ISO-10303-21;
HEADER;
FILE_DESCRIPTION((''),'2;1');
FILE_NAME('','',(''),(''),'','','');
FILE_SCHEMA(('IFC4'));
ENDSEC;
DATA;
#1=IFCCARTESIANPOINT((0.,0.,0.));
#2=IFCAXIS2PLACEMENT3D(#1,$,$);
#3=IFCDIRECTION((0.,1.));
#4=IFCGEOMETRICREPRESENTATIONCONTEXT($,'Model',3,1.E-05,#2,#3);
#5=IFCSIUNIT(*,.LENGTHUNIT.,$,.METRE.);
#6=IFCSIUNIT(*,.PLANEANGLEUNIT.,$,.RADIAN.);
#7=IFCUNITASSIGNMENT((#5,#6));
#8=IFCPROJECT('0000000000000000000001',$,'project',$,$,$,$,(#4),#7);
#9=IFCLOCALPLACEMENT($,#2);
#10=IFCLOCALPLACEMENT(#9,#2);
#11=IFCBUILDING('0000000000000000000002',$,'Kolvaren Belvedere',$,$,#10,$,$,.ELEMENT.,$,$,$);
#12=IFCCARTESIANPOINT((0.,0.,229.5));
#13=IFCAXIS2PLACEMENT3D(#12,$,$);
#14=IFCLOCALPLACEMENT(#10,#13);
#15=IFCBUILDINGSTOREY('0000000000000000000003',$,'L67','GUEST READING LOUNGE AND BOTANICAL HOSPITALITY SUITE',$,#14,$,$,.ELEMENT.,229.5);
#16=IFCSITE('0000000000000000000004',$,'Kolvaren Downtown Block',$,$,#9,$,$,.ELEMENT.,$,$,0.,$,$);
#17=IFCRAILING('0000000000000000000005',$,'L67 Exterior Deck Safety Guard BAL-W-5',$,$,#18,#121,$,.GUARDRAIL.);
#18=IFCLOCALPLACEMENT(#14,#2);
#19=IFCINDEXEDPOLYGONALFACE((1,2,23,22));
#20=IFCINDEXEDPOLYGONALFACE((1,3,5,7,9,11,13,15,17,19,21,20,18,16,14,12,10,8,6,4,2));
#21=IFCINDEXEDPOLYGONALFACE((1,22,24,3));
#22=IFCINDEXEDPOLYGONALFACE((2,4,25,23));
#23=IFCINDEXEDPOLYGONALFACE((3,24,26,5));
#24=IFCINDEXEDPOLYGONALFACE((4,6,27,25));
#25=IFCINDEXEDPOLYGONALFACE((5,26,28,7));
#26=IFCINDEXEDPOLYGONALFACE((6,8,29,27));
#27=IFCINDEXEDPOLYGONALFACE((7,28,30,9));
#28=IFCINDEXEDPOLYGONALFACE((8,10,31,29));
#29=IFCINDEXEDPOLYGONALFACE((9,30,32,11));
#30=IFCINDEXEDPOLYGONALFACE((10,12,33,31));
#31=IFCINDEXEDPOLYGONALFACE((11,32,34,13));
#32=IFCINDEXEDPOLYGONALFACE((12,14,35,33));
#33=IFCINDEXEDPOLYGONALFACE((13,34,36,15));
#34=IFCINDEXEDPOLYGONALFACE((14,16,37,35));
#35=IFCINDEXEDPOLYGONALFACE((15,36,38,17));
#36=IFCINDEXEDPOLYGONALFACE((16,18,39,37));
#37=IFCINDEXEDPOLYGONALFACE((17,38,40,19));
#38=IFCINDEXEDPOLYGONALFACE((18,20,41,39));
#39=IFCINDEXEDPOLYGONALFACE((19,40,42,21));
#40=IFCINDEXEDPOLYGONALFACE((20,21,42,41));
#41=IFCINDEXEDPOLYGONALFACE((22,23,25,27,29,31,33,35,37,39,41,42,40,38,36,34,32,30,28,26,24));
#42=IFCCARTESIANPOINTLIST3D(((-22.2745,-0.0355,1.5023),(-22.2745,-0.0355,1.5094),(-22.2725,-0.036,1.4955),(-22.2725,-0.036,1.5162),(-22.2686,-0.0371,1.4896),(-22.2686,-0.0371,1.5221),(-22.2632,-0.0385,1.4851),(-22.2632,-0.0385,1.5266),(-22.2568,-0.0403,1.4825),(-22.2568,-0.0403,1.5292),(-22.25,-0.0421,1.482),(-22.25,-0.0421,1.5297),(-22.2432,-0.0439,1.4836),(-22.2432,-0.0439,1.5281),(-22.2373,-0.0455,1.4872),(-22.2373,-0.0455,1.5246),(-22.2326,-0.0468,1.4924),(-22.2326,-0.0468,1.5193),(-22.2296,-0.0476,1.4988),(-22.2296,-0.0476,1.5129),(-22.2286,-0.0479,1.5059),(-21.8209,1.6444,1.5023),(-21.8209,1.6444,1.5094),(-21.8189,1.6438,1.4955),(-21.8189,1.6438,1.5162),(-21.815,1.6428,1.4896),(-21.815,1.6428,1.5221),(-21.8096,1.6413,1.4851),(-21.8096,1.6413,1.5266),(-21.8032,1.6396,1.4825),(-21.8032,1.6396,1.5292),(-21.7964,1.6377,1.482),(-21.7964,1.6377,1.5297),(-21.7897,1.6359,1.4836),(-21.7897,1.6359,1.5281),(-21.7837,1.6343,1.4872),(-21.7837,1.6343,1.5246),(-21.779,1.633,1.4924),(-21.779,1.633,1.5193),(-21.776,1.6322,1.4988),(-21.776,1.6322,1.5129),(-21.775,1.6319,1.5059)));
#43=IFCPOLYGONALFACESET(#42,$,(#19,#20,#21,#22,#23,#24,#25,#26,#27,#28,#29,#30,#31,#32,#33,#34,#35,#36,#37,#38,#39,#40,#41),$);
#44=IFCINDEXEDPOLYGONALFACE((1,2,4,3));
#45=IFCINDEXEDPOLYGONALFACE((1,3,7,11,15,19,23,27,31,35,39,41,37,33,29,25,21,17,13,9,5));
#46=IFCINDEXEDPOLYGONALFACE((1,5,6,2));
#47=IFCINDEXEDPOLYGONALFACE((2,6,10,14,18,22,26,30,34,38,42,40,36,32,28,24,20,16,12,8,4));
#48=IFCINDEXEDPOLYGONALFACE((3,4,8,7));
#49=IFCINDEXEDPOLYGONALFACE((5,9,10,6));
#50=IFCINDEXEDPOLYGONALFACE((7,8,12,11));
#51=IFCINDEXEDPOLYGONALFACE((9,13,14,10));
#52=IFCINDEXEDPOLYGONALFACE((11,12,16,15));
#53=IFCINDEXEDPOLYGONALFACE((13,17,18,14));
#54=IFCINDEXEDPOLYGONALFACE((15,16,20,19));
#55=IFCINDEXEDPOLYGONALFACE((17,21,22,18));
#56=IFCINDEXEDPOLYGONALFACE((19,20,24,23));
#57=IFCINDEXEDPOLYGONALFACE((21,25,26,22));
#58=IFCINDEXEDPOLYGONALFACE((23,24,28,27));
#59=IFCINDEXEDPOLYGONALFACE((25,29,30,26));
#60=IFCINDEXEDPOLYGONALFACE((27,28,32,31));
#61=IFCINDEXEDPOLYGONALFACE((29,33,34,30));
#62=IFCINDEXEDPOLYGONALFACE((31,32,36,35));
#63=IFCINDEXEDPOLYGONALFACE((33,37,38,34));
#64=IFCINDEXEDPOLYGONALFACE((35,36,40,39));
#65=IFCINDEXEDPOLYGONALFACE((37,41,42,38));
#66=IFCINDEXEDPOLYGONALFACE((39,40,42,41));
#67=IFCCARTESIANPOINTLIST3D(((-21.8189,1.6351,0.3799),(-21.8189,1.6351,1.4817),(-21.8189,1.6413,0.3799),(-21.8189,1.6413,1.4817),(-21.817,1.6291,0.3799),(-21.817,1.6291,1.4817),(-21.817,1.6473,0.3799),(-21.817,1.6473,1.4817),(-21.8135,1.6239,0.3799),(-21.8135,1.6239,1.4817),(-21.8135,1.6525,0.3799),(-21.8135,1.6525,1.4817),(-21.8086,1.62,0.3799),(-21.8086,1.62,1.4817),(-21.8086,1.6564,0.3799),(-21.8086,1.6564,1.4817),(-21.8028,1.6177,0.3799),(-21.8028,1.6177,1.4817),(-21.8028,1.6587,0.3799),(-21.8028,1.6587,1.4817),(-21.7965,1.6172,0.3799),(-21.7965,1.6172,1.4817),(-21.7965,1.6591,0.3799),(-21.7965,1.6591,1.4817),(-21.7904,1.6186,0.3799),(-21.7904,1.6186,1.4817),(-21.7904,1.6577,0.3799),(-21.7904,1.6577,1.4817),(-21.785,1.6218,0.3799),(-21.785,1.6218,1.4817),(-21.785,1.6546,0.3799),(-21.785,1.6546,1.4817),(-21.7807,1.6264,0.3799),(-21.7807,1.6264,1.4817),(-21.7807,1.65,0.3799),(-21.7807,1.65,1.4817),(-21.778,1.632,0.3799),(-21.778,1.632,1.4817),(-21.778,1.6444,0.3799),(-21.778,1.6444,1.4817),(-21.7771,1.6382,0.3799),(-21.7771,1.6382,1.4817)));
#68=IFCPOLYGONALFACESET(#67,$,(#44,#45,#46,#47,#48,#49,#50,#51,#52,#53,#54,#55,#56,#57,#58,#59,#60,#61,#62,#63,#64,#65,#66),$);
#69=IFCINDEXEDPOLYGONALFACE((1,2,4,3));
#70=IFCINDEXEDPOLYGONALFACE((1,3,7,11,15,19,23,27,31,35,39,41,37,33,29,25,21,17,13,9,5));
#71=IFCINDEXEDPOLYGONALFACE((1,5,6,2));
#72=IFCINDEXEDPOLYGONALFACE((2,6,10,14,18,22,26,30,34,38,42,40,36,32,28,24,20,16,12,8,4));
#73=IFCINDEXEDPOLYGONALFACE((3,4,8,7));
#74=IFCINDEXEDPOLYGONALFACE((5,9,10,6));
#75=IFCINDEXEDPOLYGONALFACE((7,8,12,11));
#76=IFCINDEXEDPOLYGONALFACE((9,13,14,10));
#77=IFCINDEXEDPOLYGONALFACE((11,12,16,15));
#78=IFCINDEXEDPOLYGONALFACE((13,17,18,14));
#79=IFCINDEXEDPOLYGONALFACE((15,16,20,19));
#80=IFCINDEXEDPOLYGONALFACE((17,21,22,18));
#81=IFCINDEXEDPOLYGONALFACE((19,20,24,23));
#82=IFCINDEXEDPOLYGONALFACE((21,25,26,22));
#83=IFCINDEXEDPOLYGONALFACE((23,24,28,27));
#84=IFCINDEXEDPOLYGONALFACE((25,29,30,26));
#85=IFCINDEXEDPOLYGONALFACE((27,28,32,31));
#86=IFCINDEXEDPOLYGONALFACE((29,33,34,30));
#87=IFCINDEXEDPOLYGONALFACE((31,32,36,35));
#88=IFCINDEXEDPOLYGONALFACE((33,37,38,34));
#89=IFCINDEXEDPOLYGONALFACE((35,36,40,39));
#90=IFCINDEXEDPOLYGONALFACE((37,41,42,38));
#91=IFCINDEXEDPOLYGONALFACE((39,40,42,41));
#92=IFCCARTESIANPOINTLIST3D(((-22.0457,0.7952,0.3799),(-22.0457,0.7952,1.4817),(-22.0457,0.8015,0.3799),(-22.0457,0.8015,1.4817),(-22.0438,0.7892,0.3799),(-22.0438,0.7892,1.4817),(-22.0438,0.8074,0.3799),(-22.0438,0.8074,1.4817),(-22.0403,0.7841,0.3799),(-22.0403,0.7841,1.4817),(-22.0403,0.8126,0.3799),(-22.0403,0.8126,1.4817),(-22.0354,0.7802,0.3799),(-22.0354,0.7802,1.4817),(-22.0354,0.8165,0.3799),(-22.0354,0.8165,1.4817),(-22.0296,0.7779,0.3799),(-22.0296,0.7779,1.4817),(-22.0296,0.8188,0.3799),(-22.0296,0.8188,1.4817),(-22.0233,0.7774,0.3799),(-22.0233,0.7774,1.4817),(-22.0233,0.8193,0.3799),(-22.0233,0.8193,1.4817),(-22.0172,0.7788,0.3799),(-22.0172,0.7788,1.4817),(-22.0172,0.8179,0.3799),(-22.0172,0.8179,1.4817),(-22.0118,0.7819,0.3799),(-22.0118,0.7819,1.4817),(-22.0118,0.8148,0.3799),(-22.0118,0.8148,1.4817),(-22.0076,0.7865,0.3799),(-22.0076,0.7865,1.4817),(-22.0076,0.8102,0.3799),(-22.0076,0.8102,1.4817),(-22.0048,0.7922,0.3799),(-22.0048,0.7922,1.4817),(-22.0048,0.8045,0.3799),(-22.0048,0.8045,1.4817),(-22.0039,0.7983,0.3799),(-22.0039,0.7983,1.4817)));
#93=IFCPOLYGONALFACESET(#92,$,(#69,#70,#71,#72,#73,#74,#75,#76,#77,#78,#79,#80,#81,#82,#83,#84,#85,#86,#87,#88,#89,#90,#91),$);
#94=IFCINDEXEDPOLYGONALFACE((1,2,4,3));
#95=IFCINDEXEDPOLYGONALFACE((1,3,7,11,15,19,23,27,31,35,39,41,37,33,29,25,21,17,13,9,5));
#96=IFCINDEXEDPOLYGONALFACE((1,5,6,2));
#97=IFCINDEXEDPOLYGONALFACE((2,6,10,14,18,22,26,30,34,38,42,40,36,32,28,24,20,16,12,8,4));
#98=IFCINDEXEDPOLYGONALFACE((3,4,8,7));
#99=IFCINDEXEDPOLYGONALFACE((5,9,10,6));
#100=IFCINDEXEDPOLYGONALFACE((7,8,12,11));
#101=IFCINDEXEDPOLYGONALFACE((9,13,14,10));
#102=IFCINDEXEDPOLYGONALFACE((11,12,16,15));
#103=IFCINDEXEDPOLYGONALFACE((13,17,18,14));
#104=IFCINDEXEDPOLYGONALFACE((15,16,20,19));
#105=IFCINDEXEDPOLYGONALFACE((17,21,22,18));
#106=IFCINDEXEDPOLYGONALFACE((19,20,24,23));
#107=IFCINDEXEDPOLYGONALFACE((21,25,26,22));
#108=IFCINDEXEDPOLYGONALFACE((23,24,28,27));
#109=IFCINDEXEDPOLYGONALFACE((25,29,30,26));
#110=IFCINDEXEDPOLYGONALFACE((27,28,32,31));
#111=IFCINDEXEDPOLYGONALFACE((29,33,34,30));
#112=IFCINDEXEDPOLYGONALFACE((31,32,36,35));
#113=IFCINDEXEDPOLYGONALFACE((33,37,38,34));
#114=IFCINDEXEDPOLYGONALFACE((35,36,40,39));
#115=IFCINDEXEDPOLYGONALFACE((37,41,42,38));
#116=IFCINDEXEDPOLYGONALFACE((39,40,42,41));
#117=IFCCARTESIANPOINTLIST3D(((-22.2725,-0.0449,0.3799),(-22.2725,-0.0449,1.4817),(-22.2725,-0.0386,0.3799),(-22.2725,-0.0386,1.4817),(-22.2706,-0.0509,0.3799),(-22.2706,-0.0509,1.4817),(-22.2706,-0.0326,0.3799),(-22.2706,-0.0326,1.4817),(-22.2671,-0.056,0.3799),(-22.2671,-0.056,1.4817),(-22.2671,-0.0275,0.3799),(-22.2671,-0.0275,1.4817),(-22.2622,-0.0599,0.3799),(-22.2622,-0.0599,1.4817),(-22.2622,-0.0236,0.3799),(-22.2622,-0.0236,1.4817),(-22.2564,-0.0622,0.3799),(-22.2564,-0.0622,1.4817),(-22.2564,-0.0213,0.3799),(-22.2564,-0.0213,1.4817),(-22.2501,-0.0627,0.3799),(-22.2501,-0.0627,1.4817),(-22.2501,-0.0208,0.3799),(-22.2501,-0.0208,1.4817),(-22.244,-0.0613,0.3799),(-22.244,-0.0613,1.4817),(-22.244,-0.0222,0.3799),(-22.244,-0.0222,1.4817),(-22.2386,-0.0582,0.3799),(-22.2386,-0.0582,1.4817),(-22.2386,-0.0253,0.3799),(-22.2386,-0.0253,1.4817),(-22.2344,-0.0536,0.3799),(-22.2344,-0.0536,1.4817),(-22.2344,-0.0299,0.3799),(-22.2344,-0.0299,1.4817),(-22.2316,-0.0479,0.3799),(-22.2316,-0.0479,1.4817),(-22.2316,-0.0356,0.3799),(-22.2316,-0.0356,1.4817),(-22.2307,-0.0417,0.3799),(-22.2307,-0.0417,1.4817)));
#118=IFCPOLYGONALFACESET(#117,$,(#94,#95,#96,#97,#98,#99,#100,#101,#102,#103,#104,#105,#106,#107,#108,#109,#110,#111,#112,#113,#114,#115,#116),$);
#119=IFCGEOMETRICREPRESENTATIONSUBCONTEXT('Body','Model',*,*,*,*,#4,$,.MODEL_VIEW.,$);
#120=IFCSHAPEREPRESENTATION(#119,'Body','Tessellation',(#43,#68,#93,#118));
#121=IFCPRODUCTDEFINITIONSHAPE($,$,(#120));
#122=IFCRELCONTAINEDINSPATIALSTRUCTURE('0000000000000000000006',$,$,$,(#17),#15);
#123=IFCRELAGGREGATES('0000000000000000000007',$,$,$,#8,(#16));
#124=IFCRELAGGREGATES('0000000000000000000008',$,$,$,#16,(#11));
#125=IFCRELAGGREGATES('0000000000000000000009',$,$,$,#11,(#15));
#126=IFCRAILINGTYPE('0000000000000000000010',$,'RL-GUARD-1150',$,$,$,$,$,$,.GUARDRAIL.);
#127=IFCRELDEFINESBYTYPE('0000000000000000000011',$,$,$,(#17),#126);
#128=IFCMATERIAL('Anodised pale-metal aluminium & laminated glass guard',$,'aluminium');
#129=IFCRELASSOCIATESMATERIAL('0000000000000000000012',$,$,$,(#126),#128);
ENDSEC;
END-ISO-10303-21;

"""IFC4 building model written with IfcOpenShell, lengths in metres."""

from ifc_helpers import new_model, si_unit, direction, frame, origin, origin_2d, place, context, subcontext, project, spatial, circle, extrude, material, type_object, element, save


model = new_model("IFC4")

# Units and contexts
model_context = context("Model", 3, precision=1e-05, world=origin(), true_north=direction((0.0, 1.0)))
body_context = subcontext(model_context, "Body", "Model", "MODEL_VIEW")
ifc_project = project(units=[si_unit("LENGTHUNIT", "METRE"), si_unit("PLANEANGLEUNIT", "RADIAN")], contexts=[model_context])

# Site, building, storey
site_placement = place(None, origin())
site = spatial("IfcSite", under=ifc_project, at=site_placement, Name="Kolvaren Downtown Block", CompositionType="ELEMENT", RefElevation=0.0)
building_placement = place(site_placement, origin())
building = spatial("IfcBuilding", under=site, at=building_placement, Name="Kolvaren Belvedere", CompositionType="ELEMENT")
storey_placement = place(building_placement, frame((0.0, 0.0, 229.5)))
storey = spatial("IfcBuildingStorey", under=building, at=storey_placement, Name="L67", Description="GUEST READING LOUNGE AND BOTANICAL HOSPITALITY SUITE", CompositionType="ELEMENT", Elevation=229.5)

# Railing
ifc_material_1 = material(Name="Anodised pale-metal aluminium & laminated glass guard", Category="aluminium")
railing_type = type_object("IfcRailingType", Name="RL-GUARD-1150", PredefinedType="GUARDRAIL", material=ifc_material_1)
railing_1_placement = place(storey_placement, frame((-21.7981, 1.6382, 0.3799)))
element("IfcRailing", 1, at=railing_1_placement, inside=storey, type_object=railing_type, Name="L67 Exterior Deck Safety Guard BAL-W-5", PredefinedType="GUARDRAIL", context=body_context, shape_type="SweptSolid", body=[
    extrude(circle(Radius=0.0239, at=origin_2d()), frame((0.0, 0.0, 1.126), z_axis=(-0.260683, -0.965424, 0.0), x_axis=(0.965424, -0.260683, 0.0)), (0.0, 0.0, 1.0), 1.74),
    extrude(circle(Radius=0.021, at=origin_2d()), origin(), (0.0, 0.0, 1.0), 1.1018),
    extrude(circle(Radius=0.021, at=origin_2d()), frame((-0.2268, -0.8398, 0.0)), (0.0, 0.0, 1.0), 1.1018),
    extrude(circle(Radius=0.021, at=origin_2d()), frame((-0.4536, -1.6799, 0.0)), (0.0, 0.0, 1.0), 1.1018),
])

save(model, "model.ifc")
